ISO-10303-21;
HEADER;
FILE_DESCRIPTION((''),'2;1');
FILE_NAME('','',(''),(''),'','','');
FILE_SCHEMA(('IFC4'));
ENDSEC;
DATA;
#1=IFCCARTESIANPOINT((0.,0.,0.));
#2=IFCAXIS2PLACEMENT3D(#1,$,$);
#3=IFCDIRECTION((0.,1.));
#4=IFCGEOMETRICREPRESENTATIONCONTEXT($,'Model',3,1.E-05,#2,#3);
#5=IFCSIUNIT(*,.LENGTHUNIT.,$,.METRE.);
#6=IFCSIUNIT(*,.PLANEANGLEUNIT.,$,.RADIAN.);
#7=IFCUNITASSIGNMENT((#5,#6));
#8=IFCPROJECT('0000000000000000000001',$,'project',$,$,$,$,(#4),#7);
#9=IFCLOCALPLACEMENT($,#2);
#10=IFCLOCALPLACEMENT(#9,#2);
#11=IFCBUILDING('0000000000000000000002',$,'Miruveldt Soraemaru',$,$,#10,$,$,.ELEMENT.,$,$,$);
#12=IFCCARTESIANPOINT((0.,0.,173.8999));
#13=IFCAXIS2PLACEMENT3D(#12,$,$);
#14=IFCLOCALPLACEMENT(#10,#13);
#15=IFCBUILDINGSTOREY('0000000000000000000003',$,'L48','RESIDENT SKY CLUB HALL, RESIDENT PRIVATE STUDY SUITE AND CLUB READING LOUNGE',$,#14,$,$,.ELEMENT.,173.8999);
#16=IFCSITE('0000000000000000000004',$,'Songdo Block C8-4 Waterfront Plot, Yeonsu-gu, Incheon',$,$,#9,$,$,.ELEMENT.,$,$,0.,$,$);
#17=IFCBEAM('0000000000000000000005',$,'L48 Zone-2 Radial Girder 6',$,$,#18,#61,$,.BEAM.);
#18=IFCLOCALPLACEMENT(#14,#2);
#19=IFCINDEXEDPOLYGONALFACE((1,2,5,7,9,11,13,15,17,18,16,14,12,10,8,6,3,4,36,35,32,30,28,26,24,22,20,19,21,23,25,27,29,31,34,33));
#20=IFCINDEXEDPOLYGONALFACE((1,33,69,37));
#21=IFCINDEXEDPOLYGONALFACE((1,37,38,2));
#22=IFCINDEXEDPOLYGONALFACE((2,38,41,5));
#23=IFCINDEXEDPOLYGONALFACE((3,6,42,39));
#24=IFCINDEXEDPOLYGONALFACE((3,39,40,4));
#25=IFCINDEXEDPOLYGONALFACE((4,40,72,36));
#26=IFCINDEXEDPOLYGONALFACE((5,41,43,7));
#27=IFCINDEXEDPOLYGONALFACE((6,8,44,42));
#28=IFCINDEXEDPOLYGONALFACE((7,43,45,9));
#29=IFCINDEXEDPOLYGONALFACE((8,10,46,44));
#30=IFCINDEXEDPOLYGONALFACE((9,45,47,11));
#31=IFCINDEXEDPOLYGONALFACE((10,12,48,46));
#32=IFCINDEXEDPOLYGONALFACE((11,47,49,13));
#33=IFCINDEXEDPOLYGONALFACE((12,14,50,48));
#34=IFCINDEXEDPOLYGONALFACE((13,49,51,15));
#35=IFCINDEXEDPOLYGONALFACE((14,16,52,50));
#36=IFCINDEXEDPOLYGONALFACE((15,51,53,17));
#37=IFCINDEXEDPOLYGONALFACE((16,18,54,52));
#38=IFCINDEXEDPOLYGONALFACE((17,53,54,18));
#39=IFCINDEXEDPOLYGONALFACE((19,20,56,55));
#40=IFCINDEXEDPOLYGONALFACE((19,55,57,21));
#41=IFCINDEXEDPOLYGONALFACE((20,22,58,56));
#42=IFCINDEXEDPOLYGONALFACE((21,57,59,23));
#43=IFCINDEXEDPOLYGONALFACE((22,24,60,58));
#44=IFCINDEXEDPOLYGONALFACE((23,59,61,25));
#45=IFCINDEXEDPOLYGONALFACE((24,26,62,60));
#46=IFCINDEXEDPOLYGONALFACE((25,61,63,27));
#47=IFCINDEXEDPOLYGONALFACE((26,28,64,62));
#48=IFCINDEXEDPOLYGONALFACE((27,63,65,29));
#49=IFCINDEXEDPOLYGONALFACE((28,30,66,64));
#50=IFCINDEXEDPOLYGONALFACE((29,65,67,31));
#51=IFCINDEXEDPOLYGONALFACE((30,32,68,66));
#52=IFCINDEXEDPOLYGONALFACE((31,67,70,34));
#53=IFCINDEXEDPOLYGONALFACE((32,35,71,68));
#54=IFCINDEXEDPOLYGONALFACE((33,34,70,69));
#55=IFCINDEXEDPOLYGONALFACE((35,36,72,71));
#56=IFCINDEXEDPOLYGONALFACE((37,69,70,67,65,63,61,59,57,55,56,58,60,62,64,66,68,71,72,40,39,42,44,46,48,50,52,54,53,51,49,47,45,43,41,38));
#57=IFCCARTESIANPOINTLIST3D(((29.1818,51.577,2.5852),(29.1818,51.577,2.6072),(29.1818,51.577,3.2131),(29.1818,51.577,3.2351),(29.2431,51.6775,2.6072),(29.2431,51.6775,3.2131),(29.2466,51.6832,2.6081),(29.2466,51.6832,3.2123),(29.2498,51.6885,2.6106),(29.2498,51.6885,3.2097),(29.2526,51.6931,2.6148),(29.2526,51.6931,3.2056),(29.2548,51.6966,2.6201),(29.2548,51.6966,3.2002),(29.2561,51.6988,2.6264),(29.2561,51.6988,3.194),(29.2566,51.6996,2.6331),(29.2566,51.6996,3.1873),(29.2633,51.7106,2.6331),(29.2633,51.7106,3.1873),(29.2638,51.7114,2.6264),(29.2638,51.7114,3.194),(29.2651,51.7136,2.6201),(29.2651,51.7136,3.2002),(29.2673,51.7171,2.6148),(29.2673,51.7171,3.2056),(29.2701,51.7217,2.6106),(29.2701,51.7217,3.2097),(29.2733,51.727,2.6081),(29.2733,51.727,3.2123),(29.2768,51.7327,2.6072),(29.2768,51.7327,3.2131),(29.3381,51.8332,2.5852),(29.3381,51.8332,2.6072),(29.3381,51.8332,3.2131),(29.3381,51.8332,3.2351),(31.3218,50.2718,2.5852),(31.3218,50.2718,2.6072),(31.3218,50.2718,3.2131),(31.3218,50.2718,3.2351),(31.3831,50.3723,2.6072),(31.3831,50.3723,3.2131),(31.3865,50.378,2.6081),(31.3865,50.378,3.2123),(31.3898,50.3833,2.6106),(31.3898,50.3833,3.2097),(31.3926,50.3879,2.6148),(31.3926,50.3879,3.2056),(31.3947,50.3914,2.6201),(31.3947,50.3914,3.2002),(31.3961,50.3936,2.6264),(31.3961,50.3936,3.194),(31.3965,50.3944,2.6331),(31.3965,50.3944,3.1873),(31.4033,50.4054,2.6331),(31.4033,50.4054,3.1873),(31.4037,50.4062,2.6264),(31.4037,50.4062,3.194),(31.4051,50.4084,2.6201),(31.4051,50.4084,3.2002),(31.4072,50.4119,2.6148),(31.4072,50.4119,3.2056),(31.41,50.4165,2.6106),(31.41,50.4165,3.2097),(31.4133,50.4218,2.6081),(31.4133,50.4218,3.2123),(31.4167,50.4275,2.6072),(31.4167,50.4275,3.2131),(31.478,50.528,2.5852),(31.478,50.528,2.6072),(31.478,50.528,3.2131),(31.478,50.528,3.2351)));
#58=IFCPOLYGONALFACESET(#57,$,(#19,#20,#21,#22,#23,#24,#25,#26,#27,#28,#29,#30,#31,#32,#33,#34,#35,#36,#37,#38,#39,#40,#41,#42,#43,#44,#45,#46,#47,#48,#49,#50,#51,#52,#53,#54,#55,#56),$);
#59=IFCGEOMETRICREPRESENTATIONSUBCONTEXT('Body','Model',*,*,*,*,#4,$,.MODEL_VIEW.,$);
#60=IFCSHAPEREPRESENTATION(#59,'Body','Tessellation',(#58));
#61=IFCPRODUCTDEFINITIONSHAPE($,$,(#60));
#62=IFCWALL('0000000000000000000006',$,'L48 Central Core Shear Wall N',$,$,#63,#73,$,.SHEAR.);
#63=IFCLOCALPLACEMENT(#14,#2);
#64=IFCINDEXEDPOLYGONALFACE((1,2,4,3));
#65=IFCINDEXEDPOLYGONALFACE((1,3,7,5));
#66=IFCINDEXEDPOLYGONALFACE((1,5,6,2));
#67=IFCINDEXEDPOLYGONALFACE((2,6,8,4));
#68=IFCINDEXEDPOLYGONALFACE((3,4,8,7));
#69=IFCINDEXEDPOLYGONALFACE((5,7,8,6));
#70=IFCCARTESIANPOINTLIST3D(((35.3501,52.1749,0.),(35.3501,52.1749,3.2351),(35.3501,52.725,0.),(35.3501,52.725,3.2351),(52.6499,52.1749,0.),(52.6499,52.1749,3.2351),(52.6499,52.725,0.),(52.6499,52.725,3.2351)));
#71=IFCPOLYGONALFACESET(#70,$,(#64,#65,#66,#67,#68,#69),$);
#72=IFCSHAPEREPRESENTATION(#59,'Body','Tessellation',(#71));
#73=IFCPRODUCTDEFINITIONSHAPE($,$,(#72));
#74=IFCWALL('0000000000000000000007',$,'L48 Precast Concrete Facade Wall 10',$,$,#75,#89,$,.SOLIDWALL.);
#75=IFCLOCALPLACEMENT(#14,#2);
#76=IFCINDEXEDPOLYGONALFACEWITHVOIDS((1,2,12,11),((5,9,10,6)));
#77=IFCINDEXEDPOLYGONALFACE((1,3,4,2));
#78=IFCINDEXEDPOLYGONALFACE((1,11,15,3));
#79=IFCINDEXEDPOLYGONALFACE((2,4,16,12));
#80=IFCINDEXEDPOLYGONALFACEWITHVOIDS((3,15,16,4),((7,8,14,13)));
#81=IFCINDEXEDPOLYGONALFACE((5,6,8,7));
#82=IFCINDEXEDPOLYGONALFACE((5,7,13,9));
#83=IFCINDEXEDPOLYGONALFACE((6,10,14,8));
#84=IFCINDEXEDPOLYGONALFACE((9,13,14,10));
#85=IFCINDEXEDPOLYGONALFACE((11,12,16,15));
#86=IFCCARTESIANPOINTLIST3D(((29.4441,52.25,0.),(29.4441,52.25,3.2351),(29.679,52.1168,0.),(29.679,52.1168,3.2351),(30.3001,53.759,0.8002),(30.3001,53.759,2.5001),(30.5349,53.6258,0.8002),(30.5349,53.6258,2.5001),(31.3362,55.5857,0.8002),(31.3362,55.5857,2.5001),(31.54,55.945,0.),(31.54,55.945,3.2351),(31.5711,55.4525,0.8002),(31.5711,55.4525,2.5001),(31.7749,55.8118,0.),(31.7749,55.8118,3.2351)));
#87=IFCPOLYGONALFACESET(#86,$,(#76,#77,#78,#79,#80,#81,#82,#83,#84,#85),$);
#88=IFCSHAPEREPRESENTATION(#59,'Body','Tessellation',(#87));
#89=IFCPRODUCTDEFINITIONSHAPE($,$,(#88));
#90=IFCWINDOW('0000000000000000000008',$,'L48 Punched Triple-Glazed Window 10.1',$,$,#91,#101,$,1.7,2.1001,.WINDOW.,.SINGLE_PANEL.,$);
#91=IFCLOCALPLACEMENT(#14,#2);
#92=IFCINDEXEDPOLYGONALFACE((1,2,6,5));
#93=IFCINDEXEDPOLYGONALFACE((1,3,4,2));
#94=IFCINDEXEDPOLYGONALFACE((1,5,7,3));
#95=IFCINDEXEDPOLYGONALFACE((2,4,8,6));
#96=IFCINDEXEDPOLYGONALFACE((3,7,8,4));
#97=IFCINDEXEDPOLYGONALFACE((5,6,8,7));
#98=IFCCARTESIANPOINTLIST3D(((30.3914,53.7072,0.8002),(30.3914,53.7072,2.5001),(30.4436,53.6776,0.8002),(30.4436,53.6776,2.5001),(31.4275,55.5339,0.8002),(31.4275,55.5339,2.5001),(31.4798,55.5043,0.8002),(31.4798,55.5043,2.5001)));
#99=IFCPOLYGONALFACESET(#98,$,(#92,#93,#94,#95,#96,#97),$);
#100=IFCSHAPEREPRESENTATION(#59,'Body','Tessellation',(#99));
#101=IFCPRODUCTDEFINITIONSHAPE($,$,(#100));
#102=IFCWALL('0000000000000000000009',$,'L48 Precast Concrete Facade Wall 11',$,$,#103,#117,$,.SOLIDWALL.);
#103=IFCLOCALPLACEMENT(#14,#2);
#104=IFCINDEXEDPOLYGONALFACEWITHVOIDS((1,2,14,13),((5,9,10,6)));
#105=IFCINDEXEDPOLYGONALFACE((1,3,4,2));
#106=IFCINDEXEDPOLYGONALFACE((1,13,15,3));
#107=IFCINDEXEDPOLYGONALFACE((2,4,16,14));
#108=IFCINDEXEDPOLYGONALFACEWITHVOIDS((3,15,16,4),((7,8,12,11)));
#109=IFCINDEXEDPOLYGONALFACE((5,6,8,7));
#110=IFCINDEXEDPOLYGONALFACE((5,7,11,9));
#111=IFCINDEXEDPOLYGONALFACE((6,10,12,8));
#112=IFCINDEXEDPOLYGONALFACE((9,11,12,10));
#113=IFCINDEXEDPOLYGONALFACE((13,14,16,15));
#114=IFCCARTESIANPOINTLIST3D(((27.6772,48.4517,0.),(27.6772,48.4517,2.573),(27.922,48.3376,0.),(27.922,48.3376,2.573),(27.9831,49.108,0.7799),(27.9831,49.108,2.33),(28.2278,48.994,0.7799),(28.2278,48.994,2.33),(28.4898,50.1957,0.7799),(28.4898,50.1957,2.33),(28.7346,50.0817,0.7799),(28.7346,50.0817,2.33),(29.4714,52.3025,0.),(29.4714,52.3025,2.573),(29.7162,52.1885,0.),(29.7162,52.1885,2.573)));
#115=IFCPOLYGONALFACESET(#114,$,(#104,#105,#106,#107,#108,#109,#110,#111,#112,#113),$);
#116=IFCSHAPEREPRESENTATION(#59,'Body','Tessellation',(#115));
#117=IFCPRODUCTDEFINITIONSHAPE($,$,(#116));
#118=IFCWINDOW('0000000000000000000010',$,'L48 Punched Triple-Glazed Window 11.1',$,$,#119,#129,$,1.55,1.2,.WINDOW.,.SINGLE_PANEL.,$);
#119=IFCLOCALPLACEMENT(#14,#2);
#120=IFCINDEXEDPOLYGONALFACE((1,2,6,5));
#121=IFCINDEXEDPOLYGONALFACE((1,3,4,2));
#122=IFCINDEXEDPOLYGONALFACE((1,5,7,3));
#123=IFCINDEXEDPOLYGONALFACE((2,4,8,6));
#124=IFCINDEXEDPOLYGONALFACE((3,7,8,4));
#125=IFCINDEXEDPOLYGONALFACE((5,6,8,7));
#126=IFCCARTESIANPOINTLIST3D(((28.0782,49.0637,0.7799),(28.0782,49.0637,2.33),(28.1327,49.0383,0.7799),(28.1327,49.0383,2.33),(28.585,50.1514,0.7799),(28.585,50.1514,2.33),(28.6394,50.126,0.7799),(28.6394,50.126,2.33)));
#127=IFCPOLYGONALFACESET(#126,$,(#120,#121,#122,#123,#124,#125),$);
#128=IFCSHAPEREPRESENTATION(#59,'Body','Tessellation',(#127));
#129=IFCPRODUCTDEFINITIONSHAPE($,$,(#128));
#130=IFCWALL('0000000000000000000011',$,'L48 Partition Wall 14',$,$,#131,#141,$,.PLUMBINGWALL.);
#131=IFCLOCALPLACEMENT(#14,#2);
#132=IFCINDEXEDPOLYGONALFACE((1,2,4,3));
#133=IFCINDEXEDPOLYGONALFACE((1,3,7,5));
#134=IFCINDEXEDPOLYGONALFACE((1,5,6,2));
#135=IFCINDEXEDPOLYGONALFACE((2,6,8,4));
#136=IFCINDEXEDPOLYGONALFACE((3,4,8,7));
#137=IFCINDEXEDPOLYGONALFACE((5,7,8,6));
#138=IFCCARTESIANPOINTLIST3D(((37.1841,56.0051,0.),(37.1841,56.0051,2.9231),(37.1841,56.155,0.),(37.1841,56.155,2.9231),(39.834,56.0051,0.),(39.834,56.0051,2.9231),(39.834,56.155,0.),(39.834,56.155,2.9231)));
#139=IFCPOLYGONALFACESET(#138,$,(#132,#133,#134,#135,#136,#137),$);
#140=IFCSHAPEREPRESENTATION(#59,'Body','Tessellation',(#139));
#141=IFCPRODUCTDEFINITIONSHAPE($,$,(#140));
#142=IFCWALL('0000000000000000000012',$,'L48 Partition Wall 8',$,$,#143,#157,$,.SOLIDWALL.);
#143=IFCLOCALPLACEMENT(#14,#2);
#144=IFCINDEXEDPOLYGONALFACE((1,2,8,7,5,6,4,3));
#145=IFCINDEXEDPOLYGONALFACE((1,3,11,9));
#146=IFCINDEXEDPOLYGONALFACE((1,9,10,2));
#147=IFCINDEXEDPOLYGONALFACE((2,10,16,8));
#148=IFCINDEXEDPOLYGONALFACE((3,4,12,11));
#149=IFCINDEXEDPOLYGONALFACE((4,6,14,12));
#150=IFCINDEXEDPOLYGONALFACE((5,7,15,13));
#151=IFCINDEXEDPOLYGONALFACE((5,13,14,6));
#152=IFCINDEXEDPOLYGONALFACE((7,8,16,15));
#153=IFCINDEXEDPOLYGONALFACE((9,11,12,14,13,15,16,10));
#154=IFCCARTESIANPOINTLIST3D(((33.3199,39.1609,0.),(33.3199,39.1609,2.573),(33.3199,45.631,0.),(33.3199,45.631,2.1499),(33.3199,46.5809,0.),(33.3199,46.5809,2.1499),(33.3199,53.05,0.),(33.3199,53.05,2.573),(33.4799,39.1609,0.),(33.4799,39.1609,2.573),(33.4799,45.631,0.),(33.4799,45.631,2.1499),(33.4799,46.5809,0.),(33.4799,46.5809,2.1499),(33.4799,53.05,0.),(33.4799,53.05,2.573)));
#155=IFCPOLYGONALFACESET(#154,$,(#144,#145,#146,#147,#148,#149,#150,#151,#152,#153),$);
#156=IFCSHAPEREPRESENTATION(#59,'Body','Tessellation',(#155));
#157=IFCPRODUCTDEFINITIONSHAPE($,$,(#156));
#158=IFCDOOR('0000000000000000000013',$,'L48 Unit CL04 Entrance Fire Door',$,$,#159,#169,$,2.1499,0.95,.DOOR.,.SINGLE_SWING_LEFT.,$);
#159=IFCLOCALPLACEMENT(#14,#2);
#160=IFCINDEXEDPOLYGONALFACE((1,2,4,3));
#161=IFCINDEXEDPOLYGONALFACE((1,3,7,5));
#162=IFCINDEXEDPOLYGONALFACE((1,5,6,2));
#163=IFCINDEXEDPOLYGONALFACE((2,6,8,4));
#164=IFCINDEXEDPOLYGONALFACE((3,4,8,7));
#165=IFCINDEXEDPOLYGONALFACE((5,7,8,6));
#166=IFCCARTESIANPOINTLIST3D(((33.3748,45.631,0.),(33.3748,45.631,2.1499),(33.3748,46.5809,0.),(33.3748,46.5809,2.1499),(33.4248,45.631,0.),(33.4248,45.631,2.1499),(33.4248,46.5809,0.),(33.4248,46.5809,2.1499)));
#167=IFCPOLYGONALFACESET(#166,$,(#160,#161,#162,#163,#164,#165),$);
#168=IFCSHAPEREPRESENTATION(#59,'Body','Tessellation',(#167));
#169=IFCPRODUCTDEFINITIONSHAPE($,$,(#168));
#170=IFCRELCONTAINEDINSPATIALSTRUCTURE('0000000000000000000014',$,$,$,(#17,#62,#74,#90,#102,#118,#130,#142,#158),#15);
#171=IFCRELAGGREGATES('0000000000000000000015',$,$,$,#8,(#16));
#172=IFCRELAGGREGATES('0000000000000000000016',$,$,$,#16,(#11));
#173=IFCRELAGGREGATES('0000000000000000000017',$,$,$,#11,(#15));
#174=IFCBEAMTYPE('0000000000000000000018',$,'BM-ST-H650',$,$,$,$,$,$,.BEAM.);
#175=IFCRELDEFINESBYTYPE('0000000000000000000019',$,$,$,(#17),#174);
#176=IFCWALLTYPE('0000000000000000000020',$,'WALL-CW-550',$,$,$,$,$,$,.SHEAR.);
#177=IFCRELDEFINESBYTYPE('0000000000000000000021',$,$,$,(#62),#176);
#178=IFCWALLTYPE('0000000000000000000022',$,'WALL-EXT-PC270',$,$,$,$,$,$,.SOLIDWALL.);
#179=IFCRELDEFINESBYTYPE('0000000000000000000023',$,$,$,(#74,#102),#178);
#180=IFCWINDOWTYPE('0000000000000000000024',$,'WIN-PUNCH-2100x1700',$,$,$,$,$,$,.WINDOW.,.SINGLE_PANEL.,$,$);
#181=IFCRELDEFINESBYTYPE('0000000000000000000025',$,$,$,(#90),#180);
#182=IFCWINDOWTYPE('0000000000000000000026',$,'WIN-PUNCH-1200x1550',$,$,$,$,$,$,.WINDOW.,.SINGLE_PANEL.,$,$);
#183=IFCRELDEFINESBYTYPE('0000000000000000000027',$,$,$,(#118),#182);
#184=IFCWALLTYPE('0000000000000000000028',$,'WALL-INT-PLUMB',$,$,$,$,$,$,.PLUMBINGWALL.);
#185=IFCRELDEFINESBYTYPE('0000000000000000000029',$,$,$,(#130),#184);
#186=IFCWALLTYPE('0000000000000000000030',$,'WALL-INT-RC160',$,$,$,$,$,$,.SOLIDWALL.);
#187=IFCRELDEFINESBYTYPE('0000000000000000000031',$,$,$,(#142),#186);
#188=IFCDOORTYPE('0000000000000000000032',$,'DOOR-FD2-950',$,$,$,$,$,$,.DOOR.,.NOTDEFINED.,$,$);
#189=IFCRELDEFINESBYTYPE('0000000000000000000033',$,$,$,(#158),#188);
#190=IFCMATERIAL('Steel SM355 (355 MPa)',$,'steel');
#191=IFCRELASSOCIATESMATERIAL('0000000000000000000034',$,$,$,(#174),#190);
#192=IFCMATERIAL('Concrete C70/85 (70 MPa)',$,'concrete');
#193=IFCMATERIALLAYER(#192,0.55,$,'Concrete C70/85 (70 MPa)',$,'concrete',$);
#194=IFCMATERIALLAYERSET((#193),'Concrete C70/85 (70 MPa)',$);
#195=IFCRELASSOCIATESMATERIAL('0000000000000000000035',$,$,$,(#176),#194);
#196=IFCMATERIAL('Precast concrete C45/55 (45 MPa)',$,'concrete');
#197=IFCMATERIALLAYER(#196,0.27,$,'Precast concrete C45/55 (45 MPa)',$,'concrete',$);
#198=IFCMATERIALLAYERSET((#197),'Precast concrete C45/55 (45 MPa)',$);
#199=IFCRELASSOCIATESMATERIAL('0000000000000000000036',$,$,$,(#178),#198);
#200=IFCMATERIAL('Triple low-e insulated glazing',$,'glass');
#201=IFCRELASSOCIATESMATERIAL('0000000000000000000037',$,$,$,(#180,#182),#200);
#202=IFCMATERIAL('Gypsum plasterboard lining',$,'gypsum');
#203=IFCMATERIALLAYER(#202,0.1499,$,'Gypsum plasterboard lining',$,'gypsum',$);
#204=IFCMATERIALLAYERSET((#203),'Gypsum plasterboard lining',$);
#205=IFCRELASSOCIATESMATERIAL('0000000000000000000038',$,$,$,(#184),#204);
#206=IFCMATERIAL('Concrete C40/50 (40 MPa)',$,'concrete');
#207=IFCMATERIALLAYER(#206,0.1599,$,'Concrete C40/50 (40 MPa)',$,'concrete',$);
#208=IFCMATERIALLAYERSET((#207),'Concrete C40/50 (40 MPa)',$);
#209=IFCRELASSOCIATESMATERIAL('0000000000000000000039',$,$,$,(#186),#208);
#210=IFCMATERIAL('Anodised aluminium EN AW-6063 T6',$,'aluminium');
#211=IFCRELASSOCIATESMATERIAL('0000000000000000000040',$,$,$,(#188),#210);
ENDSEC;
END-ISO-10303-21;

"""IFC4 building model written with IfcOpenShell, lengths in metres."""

from ifc_helpers import new_model, si_unit, direction, frame, frame_2d, origin, origin_2d, place, context, subcontext, project, spatial, rectangle, i_section, extrude, material, layer, layer_set, material_profile, profile_set, type_object, element, fill, save


model = new_model("IFC4")

# Units and contexts
model_context = context("Model", 3, precision=1e-05, world=origin(), true_north=direction((0.0, 1.0)))
body_context = subcontext(model_context, "Body", "Model", "MODEL_VIEW")
ifc_project = project(units=[si_unit("LENGTHUNIT", "METRE"), si_unit("PLANEANGLEUNIT", "RADIAN")], contexts=[model_context])

# Site, building, storey
site_placement = place(None, origin())
site = spatial("IfcSite", under=ifc_project, at=site_placement, Name="Songdo Block C8-4 Waterfront Plot, Yeonsu-gu, Incheon", CompositionType="ELEMENT", RefElevation=0.0)
building_placement = place(site_placement, origin())
building = spatial("IfcBuilding", under=site, at=building_placement, Name="Miruveldt Soraemaru", CompositionType="ELEMENT")
storey_placement = place(building_placement, frame((0.0, 0.0, 173.8999)))
storey = spatial("IfcBuildingStorey", under=building, at=storey_placement, Name="L48", Description="RESIDENT SKY CLUB HALL, RESIDENT PRIVATE STUDY SUITE AND CLUB READING LOUNGE", CompositionType="ELEMENT", Elevation=173.8999)

# Shared definitions
ifc_material_1 = material(Name="Concrete C70/85 (70 MPa)", Category="concrete")

# Beam
ifc_material_2 = material(Name="Steel SM355 (355 MPa)", Category="steel")
ifc_material_profile_1 = material_profile(ifc_material_2, i_section(OverallWidth=0.3, OverallDepth=0.6499, WebThickness=0.0129, FlangeThickness=0.022, FilletRadius=0.0259, at=origin_2d()), Name="Steel SM355 (355 MPa)", Category="steel")
ifc_profile_set_1 = profile_set([ifc_material_profile_1], Name="Steel SM355 (355 MPa)")
beam_type_1 = type_object("IfcBeamType", Name="BM-ST-H650", PredefinedType="BEAM", material=ifc_profile_set_1)
beam_1_placement = place(storey_placement, frame((31.3999, 50.3999, 2.9102), z_axis=(-0.853732, 0.520713, 0.0), x_axis=(-0.520713, -0.853732, 0.0)))
element("IfcBeam", 1, at=beam_1_placement, inside=storey, type_object=beam_type_1, Name="L48 Zone-2 Radial Girder 6", PredefinedType="BEAM", context=body_context, shape_type="SweptSolid", body=[
    extrude(i_section(OverallWidth=0.3, OverallDepth=0.6499, WebThickness=0.0129, FlangeThickness=0.022, FilletRadius=0.0259, at=origin_2d()), origin(), (0.0, 0.0, 1.0), 2.5066),
])

# Wall
ifc_layer_1 = layer(ifc_material_1, 0.55, Name="Concrete C70/85 (70 MPa)", Category="concrete")
ifc_layer_set_1 = layer_set([ifc_layer_1], Name="Concrete C70/85 (70 MPa)")
wall_type_1 = type_object("IfcWallType", Name="WALL-CW-550", PredefinedType="SHEAR", material=ifc_layer_set_1)
wall_1_placement = place(storey_placement, frame((35.3501, 52.45, 0.0), z_axis=(0.0, 0.0, 1.0), x_axis=(1.0, 0.0, 0.0)))
element("IfcWall", 2, at=wall_1_placement, inside=storey, type_object=wall_type_1, Name="L48 Central Core Shear Wall N", PredefinedType="SHEAR", context=body_context, shape_type="SweptSolid", body=[
    extrude(rectangle(XDim=17.2998, YDim=0.55, at=frame_2d((8.6499, 0.0))), origin(), (0.0, 0.0, 1.0), 3.2351),
])

# Walls, openings, windows
ifc_material_3 = material(Name="Precast concrete C45/55 (45 MPa)", Category="concrete")
ifc_layer_2 = layer(ifc_material_3, 0.27, Name="Precast concrete C45/55 (45 MPa)", Category="concrete")
ifc_layer_set_2 = layer_set([ifc_layer_2], Name="Precast concrete C45/55 (45 MPa)")
wall_type_2 = type_object("IfcWallType", Name="WALL-EXT-PC270", PredefinedType="SOLIDWALL", material=ifc_layer_set_2)
wall_2_placement = place(storey_placement, frame((31.6575, 55.8784, 0.0), z_axis=(0.0, 0.0, 1.0), x_axis=(-0.493382, -0.869813, 0.0)))
wall_2 = element("IfcWall", 3, at=wall_2_placement, inside=storey, type_object=wall_type_2, Name="L48 Precast Concrete Facade Wall 10", PredefinedType="SOLIDWALL", context=body_context, shape_type="SweptSolid", body=[
    extrude(rectangle(XDim=4.248, YDim=0.27, at=frame_2d((2.124, 0.0))), origin(), (0.0, 0.0, 1.0), 3.2351),
])
opening_1_placement = place(wall_2_placement, frame((0.4131, 0.0, 0.8)))
opening_1 = element("IfcOpeningElement", 4, at=opening_1_placement, cuts=wall_2, PredefinedType="OPENING", context=body_context, shape_type="SweptSolid", body=[
    extrude(rectangle(XDim=2.1001, YDim=1.7, at=frame_2d((1.05, 0.8501))), frame((0.0, 0.145, 0.0), z_axis=(0.0, -1.0, 0.0), x_axis=(1.0, 0.0, 0.0)), (0.0, 0.0, 1.0), 0.29),
])
ifc_material_4 = material(Name="Triple low-e insulated glazing", Category="glass")
window_type_1 = type_object("IfcWindowType", Name="WIN-PUNCH-2100x1700", PartitioningType="SINGLE_PANEL", PredefinedType="WINDOW", material=ifc_material_4)
window_1_placement = place(opening_1_placement, origin())
window_1 = element("IfcWindow", 5, at=window_1_placement, inside=storey, type_object=window_type_1, Name="L48 Punched Triple-Glazed Window 10.1", OverallHeight=1.7, OverallWidth=2.1001, PartitioningType="SINGLE_PANEL", PredefinedType="WINDOW", context=body_context, shape_type="SweptSolid", body=[
    extrude(rectangle(XDim=2.1001, YDim=1.7, at=frame_2d((1.05, 0.8501))), frame((0.0, 0.03, 0.0), z_axis=(0.0, -1.0, 0.0), x_axis=(1.0, 0.0, 0.0)), (0.0, 0.0, 1.0), 0.0601),
])
fill(opening_1, window_1)
wall_3_placement = place(storey_placement, frame((29.5938, 52.2454, 0.0), z_axis=(0.0, 0.0, 1.0), x_axis=(-0.422332, -0.906441, 0.0)))
wall_3 = element("IfcWall", 6, at=wall_3_placement, inside=storey, type_object=wall_type_2, Name="L48 Precast Concrete Facade Wall 11", PredefinedType="SOLIDWALL", context=body_context, shape_type="SweptSolid", body=[
    extrude(rectangle(XDim=4.2483, YDim=0.27, at=frame_2d((2.124, 0.0))), origin(), (0.0, 0.0, 1.0), 2.573),
])
opening_2_placement = place(wall_3_placement, frame((2.324, 0.0, 0.78)))
opening_2 = element("IfcOpeningElement", 7, at=opening_2_placement, cuts=wall_3, PredefinedType="OPENING", context=body_context, shape_type="SweptSolid", body=[
    extrude(rectangle(XDim=1.2, YDim=1.55, at=frame_2d((0.6001, 0.7749))), frame((0.0, 0.145, 0.0), z_axis=(0.0, -1.0, 0.0), x_axis=(1.0, 0.0, 0.0)), (0.0, 0.0, 1.0), 0.29),
])
window_type_2 = type_object("IfcWindowType", Name="WIN-PUNCH-1200x1550", PartitioningType="SINGLE_PANEL", PredefinedType="WINDOW", material=ifc_material_4)
window_2_placement = place(opening_2_placement, origin())
window_2 = element("IfcWindow", 8, at=window_2_placement, inside=storey, type_object=window_type_2, Name="L48 Punched Triple-Glazed Window 11.1", OverallHeight=1.55, OverallWidth=1.2, PartitioningType="SINGLE_PANEL", PredefinedType="WINDOW", context=body_context, shape_type="SweptSolid", body=[
    extrude(rectangle(XDim=1.2, YDim=1.55, at=frame_2d((0.6001, 0.7749))), frame((0.0, 0.03, 0.0), z_axis=(0.0, -1.0, 0.0), x_axis=(1.0, 0.0, 0.0)), (0.0, 0.0, 1.0), 0.0601),
])
fill(opening_2, window_2)

# Wall
ifc_material_5 = material(Name="Gypsum plasterboard lining", Category="gypsum")
ifc_layer_3 = layer(ifc_material_5, 0.1499, Name="Gypsum plasterboard lining", Category="gypsum")
ifc_layer_set_3 = layer_set([ifc_layer_3], Name="Gypsum plasterboard lining")
wall_type_3 = type_object("IfcWallType", Name="WALL-INT-PLUMB", PredefinedType="PLUMBINGWALL", material=ifc_layer_set_3)
wall_4_placement = place(storey_placement, frame((37.1841, 56.0801, 0.0), z_axis=(0.0, 0.0, 1.0), x_axis=(1.0, 0.0, 0.0)))
element("IfcWall", 9, at=wall_4_placement, inside=storey, type_object=wall_type_3, Name="L48 Partition Wall 14", PredefinedType="PLUMBINGWALL", context=body_context, shape_type="SweptSolid", body=[
    extrude(rectangle(XDim=2.6499, YDim=0.1499, at=frame_2d((1.325, 0.0))), origin(), (0.0, 0.0, 1.0), 2.9231),
])

# Wall, opening, door
ifc_material_6 = material(Name="Concrete C40/50 (40 MPa)", Category="concrete")
ifc_layer_4 = layer(ifc_material_6, 0.1599, Name="Concrete C40/50 (40 MPa)", Category="concrete")
ifc_layer_set_4 = layer_set([ifc_layer_4], Name="Concrete C40/50 (40 MPa)")
wall_type_4 = type_object("IfcWallType", Name="WALL-INT-RC160", PredefinedType="SOLIDWALL", material=ifc_layer_set_4)
wall_5_placement = place(storey_placement, frame((33.3999, 53.05, 0.0), z_axis=(0.0, 0.0, 1.0), x_axis=(0.0, -1.0, 0.0)))
wall_5 = element("IfcWall", 10, at=wall_5_placement, inside=storey, type_object=wall_type_4, Name="L48 Partition Wall 8", PredefinedType="SOLIDWALL", context=body_context, shape_type="SweptSolid", body=[
    extrude(rectangle(XDim=13.8892, YDim=0.1599, at=frame_2d((6.9446, 0.0))), origin(), (0.0, 0.0, 1.0), 2.573),
])
opening_3_placement = place(wall_5_placement, frame((6.469, 0.0, 0.0)))
opening_3 = element("IfcOpeningElement", 11, at=opening_3_placement, cuts=wall_5, PredefinedType="OPENING", context=body_context, shape_type="SweptSolid", body=[
    extrude(rectangle(XDim=0.95, YDim=2.1499, at=frame_2d((0.4751, 1.075))), frame((0.0, 0.0898, 0.0), z_axis=(0.0, -1.0, 0.0), x_axis=(1.0, 0.0, 0.0)), (0.0, 0.0, 1.0), 0.1799),
])
ifc_material_7 = material(Name="Anodised aluminium EN AW-6063 T6", Category="aluminium")
door_type = type_object("IfcDoorType", Name="DOOR-FD2-950", OperationType="NOTDEFINED", PredefinedType="DOOR", material=ifc_material_7)
door_1_placement = place(opening_3_placement, origin())
door_1 = element("IfcDoor", 12, at=door_1_placement, inside=storey, type_object=door_type, Name="L48 Unit CL04 Entrance Fire Door", OperationType="SINGLE_SWING_LEFT", OverallHeight=2.1499, OverallWidth=0.95, PredefinedType="DOOR", context=body_context, shape_type="SweptSolid", body=[
    extrude(rectangle(XDim=0.95, YDim=2.1499, at=frame_2d((0.4751, 1.075))), frame((0.0, 0.0249, 0.0), z_axis=(0.0, -1.0, 0.0), x_axis=(1.0, 0.0, 0.0)), (0.0, 0.0, 1.0), 0.05),
])
fill(opening_3, door_1)

save(model, "model.ifc")
